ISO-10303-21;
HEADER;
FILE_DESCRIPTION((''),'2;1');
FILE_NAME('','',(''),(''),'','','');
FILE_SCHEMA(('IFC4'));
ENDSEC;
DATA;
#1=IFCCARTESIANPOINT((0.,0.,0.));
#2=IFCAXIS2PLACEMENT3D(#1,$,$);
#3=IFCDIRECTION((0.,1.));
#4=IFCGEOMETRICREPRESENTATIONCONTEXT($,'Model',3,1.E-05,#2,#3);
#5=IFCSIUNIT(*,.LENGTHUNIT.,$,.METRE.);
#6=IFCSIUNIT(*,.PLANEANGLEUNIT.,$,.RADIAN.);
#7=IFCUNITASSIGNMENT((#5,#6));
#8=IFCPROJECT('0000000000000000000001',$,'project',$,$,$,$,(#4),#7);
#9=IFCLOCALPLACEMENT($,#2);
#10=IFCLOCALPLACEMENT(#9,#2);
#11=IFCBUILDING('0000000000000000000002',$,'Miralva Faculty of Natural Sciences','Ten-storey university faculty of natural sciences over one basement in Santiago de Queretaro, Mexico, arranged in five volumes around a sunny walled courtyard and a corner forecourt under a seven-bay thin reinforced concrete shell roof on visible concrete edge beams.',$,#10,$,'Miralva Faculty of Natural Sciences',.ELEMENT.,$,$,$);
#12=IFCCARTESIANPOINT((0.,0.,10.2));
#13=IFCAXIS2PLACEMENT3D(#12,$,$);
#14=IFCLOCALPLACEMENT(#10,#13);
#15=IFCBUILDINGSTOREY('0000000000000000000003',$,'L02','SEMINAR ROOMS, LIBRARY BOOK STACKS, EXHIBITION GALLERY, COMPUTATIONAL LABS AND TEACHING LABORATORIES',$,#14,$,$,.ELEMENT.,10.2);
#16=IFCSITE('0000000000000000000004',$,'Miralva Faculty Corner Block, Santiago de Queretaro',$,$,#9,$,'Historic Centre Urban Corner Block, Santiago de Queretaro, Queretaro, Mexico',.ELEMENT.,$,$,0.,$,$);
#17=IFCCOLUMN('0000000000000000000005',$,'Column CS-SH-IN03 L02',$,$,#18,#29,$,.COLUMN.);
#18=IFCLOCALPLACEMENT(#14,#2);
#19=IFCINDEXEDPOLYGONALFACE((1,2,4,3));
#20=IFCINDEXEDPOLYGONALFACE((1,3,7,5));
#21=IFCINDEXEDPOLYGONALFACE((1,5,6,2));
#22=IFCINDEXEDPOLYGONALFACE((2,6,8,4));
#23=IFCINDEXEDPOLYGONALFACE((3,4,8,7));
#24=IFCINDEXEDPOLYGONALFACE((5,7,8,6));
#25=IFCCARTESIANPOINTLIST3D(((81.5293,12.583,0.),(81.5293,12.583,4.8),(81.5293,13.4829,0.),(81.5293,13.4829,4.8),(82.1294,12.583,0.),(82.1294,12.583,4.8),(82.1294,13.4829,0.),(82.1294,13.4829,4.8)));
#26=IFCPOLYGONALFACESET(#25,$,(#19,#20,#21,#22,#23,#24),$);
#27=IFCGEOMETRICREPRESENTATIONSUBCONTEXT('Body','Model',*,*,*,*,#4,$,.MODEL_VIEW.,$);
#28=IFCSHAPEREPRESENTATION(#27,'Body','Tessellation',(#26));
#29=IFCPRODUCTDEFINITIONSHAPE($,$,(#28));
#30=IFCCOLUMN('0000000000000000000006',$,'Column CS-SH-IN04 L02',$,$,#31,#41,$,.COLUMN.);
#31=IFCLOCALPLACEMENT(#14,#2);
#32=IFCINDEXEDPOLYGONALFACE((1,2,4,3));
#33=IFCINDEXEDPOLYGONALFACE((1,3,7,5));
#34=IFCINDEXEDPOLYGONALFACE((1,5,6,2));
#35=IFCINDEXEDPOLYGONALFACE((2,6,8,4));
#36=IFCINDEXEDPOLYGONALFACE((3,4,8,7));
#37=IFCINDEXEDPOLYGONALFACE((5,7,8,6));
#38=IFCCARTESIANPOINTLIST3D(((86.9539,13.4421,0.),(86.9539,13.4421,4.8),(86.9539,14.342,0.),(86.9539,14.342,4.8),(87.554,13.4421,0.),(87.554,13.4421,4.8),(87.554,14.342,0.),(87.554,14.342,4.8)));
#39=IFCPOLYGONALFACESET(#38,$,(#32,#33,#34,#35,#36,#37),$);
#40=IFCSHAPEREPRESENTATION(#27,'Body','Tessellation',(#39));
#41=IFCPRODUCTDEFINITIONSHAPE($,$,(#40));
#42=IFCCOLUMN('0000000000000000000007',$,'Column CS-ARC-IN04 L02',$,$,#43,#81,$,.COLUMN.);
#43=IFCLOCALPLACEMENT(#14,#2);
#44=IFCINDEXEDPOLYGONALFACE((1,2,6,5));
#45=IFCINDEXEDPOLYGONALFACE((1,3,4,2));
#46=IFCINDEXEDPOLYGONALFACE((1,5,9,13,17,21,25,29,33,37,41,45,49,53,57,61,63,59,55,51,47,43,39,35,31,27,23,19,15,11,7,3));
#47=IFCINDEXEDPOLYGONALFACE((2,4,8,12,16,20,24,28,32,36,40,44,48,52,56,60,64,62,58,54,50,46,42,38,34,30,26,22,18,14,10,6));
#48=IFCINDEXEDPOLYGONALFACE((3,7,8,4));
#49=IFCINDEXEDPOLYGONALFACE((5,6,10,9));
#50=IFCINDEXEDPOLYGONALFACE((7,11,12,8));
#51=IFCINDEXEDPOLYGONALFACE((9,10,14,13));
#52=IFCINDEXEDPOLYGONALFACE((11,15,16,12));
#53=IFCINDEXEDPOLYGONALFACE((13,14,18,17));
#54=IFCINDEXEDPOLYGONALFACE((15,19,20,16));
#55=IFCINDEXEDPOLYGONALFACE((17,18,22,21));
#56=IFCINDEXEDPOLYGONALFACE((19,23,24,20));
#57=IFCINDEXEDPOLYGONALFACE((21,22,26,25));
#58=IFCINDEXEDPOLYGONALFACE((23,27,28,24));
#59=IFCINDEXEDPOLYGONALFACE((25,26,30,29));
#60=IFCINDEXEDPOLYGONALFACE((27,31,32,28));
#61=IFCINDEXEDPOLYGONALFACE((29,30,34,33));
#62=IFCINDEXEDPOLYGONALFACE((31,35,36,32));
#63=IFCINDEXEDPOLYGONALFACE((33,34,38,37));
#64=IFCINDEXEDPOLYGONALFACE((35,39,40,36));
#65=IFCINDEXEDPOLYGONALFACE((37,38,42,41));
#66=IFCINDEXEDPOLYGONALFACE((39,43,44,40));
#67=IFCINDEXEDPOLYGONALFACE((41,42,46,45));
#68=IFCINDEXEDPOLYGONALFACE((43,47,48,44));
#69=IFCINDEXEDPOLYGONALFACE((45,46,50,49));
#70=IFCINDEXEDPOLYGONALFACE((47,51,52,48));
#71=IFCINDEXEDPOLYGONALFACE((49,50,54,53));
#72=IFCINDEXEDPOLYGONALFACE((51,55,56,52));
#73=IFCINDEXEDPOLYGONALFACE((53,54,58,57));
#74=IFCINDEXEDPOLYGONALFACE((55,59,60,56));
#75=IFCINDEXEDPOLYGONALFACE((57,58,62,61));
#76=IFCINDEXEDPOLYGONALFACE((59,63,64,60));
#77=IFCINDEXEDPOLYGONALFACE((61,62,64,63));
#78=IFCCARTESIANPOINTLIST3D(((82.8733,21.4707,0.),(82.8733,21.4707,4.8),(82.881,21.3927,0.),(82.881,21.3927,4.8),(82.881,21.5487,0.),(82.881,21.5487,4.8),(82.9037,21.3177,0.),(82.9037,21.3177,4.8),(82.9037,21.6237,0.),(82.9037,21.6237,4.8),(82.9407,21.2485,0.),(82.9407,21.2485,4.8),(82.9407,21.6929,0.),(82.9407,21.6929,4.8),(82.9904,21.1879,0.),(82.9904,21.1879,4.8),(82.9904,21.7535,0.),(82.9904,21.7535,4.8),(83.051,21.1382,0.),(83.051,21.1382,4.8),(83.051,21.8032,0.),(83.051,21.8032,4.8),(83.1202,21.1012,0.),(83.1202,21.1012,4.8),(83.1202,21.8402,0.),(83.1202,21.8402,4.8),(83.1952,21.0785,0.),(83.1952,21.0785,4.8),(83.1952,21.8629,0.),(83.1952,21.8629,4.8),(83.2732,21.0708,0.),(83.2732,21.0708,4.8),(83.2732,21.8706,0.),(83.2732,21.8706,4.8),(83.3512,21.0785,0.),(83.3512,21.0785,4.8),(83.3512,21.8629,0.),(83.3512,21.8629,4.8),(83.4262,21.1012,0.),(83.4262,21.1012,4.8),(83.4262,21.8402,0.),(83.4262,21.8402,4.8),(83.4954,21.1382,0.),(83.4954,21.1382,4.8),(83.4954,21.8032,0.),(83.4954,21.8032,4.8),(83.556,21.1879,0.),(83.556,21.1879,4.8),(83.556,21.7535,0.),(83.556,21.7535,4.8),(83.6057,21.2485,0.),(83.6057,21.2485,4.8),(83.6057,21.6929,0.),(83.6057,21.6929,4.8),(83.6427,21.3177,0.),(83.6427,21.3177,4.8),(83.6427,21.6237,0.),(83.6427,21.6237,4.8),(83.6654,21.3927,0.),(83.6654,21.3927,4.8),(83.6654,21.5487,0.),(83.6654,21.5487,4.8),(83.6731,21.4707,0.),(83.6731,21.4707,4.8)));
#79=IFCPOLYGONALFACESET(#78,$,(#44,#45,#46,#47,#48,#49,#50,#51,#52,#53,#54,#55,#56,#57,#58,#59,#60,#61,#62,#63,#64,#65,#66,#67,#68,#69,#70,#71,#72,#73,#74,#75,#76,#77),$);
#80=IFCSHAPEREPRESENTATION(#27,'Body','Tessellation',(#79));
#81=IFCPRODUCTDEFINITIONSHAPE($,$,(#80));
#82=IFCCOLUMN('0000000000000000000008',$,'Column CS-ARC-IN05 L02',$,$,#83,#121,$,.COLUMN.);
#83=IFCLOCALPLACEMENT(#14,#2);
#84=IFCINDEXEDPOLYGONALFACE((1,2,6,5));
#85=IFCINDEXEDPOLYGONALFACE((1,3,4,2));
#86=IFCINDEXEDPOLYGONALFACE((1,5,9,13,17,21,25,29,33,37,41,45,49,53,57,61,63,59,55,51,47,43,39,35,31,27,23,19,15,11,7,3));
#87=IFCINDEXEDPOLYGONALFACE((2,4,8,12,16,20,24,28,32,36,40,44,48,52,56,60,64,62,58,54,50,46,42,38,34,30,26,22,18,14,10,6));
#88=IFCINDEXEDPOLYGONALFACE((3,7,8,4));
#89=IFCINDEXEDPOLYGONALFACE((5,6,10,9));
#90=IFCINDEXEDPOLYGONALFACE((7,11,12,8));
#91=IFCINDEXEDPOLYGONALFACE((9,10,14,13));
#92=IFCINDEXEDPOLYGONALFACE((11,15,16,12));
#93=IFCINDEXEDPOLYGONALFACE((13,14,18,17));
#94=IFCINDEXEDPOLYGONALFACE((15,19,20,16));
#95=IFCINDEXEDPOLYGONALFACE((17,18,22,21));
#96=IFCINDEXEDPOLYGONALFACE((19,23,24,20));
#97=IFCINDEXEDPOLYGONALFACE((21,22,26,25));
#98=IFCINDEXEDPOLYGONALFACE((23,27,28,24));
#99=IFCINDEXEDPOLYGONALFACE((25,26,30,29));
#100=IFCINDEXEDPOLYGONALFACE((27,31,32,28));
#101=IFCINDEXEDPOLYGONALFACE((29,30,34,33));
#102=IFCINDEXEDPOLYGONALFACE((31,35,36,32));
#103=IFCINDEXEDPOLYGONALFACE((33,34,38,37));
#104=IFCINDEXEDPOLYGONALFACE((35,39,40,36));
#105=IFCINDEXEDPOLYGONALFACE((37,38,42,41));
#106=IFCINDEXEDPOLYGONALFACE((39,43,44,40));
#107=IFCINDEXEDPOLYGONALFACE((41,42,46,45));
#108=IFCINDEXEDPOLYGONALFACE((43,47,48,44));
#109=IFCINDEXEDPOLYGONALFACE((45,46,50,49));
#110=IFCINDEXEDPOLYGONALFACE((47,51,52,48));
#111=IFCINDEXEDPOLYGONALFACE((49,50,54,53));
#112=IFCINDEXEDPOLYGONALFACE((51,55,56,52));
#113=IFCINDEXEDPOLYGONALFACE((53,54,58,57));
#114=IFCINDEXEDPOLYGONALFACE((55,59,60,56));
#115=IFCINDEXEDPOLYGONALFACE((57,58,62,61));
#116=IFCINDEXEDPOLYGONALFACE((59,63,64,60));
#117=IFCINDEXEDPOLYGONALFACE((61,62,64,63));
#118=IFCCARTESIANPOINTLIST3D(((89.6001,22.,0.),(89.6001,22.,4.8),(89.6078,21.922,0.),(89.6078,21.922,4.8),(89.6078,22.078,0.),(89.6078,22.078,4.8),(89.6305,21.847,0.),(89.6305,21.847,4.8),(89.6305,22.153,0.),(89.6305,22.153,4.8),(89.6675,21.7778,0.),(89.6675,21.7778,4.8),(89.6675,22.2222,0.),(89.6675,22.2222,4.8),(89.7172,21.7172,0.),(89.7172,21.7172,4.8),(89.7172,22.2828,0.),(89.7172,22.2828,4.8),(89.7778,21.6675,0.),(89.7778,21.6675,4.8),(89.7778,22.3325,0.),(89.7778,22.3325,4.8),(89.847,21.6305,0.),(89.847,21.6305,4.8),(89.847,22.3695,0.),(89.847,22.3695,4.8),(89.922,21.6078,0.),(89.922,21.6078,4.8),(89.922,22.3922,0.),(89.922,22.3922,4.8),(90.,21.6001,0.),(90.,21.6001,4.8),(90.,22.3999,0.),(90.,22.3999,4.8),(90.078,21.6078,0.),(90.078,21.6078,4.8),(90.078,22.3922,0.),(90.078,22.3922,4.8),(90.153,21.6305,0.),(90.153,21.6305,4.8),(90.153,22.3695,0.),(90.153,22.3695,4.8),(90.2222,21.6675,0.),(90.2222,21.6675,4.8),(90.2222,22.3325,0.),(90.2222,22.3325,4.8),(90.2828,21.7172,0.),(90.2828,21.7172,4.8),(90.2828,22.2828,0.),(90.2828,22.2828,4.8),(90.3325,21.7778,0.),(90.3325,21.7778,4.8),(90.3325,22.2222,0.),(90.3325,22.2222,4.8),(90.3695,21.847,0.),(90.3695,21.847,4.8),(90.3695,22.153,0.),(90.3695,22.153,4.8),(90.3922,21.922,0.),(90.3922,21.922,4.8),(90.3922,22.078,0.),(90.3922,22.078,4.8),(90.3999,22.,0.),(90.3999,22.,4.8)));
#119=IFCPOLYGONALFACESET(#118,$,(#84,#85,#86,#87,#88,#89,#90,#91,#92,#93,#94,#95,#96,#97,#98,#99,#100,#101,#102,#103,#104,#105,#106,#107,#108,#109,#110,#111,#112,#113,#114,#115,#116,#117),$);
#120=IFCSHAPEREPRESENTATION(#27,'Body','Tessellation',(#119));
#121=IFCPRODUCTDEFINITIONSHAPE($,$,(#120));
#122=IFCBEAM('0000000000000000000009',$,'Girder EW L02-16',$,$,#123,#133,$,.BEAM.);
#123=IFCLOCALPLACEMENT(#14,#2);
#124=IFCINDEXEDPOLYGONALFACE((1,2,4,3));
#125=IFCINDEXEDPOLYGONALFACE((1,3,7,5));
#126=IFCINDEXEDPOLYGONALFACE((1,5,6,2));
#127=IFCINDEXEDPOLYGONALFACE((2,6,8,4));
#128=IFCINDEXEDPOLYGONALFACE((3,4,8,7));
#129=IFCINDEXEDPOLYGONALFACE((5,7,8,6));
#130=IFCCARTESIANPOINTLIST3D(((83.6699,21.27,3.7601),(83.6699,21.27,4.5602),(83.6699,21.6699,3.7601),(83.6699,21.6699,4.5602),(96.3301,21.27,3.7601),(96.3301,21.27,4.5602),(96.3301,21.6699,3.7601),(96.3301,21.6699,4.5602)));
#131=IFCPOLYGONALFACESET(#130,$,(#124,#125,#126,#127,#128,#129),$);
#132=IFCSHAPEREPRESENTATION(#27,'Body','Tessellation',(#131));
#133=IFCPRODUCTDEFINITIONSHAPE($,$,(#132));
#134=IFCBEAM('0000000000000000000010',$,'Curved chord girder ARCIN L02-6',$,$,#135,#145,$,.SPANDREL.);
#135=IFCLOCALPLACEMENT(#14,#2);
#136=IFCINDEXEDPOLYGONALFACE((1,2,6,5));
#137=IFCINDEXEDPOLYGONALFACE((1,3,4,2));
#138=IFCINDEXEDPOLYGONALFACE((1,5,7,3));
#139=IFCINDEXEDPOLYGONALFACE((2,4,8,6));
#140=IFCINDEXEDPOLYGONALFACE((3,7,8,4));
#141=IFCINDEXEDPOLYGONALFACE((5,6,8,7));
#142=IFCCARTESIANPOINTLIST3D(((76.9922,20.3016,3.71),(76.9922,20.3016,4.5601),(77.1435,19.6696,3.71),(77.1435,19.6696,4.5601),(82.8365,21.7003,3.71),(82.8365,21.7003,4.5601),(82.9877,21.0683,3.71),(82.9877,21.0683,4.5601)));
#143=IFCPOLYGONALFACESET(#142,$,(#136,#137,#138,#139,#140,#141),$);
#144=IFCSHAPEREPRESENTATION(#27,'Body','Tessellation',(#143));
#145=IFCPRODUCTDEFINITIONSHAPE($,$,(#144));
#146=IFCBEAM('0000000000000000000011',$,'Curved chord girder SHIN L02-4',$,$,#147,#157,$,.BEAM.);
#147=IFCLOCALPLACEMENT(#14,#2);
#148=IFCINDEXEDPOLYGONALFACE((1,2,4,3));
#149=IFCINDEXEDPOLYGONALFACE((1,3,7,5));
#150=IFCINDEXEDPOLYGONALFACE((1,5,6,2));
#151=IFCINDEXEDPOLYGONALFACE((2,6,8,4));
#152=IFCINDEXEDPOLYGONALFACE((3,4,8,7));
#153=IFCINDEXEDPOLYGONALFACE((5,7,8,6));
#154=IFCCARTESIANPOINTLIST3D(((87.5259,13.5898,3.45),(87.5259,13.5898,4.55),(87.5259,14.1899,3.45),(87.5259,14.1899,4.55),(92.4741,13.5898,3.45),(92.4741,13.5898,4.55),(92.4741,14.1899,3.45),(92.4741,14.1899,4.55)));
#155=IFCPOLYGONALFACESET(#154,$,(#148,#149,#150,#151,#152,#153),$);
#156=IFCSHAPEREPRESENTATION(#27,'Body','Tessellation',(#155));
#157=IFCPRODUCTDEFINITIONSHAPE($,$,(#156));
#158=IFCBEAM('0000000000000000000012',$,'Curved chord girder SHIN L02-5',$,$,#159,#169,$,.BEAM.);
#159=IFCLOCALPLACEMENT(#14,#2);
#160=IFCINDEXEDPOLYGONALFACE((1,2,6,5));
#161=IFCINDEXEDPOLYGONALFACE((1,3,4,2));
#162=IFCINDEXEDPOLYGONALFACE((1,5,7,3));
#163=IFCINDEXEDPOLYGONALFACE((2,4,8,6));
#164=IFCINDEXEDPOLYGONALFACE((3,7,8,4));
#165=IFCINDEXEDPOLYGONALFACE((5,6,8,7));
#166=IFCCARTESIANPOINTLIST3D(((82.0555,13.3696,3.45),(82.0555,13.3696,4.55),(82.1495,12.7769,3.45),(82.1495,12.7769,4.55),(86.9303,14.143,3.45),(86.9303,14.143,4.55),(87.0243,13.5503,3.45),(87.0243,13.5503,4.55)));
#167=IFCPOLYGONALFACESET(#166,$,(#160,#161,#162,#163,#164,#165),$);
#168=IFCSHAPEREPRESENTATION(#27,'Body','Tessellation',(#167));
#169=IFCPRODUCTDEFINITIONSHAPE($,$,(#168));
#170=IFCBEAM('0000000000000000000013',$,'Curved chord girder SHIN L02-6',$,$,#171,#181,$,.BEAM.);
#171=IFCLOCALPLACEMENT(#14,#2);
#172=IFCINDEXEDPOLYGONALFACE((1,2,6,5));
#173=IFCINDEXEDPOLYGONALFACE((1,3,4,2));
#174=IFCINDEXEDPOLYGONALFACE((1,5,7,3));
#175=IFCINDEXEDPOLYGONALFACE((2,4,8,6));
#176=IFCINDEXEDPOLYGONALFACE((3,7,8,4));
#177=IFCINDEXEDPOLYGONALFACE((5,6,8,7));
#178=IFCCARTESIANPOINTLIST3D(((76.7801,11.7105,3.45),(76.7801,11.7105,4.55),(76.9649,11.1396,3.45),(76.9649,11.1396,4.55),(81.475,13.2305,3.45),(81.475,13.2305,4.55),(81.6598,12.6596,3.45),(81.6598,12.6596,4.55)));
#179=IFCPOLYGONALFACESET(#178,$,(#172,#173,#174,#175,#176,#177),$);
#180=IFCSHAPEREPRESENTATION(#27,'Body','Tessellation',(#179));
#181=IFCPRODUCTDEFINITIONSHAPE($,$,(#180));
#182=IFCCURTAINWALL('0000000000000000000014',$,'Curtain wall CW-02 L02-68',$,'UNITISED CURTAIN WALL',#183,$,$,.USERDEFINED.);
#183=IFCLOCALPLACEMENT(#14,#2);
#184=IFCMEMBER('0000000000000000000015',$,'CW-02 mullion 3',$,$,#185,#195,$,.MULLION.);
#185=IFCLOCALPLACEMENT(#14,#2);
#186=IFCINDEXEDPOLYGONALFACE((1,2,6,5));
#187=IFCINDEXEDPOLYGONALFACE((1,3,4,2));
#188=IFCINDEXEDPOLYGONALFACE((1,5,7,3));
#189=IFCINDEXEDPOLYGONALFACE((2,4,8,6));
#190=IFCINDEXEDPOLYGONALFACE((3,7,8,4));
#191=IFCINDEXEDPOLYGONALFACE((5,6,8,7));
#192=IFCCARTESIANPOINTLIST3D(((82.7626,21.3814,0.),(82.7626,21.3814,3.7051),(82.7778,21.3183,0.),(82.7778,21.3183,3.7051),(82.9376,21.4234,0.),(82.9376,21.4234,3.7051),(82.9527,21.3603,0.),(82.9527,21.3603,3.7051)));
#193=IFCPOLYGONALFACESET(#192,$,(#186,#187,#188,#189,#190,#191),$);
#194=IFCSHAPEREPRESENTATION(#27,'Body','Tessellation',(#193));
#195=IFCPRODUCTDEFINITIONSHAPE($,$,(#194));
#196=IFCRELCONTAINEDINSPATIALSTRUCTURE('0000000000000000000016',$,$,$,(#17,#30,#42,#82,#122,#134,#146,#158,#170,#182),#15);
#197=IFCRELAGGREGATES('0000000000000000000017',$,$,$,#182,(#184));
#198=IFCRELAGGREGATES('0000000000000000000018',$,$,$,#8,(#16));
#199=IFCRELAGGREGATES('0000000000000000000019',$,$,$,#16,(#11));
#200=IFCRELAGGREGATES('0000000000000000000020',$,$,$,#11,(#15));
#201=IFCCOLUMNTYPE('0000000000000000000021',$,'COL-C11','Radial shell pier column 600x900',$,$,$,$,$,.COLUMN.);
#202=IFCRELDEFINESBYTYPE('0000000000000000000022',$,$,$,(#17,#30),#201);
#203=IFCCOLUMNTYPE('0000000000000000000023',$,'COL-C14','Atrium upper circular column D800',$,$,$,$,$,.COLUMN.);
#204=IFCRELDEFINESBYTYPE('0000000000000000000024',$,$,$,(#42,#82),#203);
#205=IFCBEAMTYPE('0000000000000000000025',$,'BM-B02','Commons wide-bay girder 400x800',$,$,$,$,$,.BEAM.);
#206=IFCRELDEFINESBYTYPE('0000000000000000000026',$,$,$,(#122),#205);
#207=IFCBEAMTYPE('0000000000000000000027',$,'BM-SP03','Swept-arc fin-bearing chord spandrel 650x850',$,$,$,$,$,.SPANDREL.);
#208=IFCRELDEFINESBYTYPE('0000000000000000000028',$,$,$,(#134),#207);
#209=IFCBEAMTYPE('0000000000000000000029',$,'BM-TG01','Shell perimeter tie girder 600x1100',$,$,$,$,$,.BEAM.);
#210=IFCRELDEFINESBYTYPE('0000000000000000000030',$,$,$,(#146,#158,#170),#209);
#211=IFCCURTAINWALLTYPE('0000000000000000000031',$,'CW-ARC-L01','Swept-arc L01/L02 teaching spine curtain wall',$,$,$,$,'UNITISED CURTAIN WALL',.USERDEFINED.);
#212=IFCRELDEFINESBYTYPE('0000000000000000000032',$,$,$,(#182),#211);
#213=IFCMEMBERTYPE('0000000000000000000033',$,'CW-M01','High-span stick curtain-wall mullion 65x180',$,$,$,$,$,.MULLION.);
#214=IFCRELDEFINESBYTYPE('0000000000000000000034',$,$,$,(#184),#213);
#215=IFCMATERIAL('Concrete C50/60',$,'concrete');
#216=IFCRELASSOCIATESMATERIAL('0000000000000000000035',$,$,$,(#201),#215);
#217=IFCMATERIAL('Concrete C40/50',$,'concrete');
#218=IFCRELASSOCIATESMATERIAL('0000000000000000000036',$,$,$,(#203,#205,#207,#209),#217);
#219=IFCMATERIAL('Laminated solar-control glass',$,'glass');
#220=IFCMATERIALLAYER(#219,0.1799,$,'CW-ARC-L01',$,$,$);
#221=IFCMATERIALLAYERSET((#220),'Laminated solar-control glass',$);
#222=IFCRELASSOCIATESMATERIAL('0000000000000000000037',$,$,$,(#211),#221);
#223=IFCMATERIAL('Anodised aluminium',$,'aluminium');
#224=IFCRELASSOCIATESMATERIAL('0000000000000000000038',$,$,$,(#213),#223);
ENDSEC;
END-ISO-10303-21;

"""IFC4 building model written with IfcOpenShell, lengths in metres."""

from ifc_helpers import new_model, si_unit, direction, frame, origin, origin_2d, place, context, subcontext, project, spatial, rectangle, circle, extrude, material, layer, layer_set, material_profile, profile_set, type_object, element, aggregate, save


model = new_model("IFC4")

# Units and contexts
model_context = context("Model", 3, precision=1e-05, world=origin(), true_north=direction((0.0, 1.0)))
body_context = subcontext(model_context, "Body", "Model", "MODEL_VIEW")
ifc_project = project(units=[si_unit("LENGTHUNIT", "METRE"), si_unit("PLANEANGLEUNIT", "RADIAN")], contexts=[model_context])

# Site, building, storey
site_placement = place(None, origin())
site = spatial("IfcSite", under=ifc_project, at=site_placement, Name="Miralva Faculty Corner Block, Santiago de Queretaro", LongName="Historic Centre Urban Corner Block, Santiago de Queretaro, Queretaro, Mexico", CompositionType="ELEMENT", RefElevation=0.0)
building_placement = place(site_placement, origin())
building = spatial("IfcBuilding", under=site, at=building_placement, Name="Miralva Faculty of Natural Sciences", Description="Ten-storey university faculty of natural sciences over one basement in Santiago de Queretaro, Mexico, arranged in five volumes around a sunny walled courtyard and a corner forecourt under a seven-bay thin reinforced concrete shell roof on visible concrete edge beams.", LongName="Miralva Faculty of Natural Sciences", CompositionType="ELEMENT")
storey_placement = place(building_placement, frame((0.0, 0.0, 10.2)))
storey = spatial("IfcBuildingStorey", under=building, at=storey_placement, Name="L02", Description="SEMINAR ROOMS, LIBRARY BOOK STACKS, EXHIBITION GALLERY, COMPUTATIONAL LABS AND TEACHING LABORATORIES", CompositionType="ELEMENT", Elevation=10.2)

# Columns
ifc_material_1 = material(Name="Concrete C50/60", Category="concrete")
ifc_material_profile_1 = material_profile(ifc_material_1, rectangle(XDim=0.6001, YDim=0.8999, at=origin_2d()), Name="RC 600x900")
ifc_profile_set_1 = profile_set([ifc_material_profile_1], Name="Concrete C50/60")
column_type_1 = type_object("IfcColumnType", Name="COL-C11", Description="Radial shell pier column 600x900", PredefinedType="COLUMN", material=ifc_profile_set_1)
for number, where, z_axis, x_axis, name in (
    (1, (81.8293, 13.033, 0.0), (0.0, 0.0, 1.0), (1.0, 0.0, 0.0), "Column CS-SH-IN03 L02"),
    (2, (87.2539, 13.8921, 0.0), (0.0, 0.0, 1.0), (1.0, 0.0, 0.0), "Column CS-SH-IN04 L02"),
):
    element("IfcColumn", number, at=place(storey_placement, frame(where, z_axis=z_axis, x_axis=x_axis)), inside=storey, type_object=column_type_1, Name=name, PredefinedType="COLUMN", context=body_context, shape_type="SweptSolid", body=[
        extrude(rectangle(XDim=0.6001, YDim=0.8999, at=origin_2d()), origin(), (0.0, 0.0, 1.0), 4.8),
    ])
ifc_material_2 = material(Name="Concrete C40/50", Category="concrete")
ifc_material_profile_2 = material_profile(ifc_material_2, circle(Radius=0.3999, at=origin_2d()), Name="RC DIA 800")
ifc_profile_set_2 = profile_set([ifc_material_profile_2], Name="Concrete C40/50")
column_type_2 = type_object("IfcColumnType", Name="COL-C14", Description="Atrium upper circular column D800", PredefinedType="COLUMN", material=ifc_profile_set_2)
for number, where, z_axis, x_axis, name in (
    (3, (83.2732, 21.4707, 0.0), (0.0, 0.0, 1.0), (1.0, 0.0, 0.0), "Column CS-ARC-IN04 L02"),
    (4, (90.0, 22.0, 0.0), (0.0, 0.0, 1.0), (1.0, 0.0, 0.0), "Column CS-ARC-IN05 L02"),
):
    element("IfcColumn", number, at=place(storey_placement, frame(where, z_axis=z_axis, x_axis=x_axis)), inside=storey, type_object=column_type_2, Name=name, PredefinedType="COLUMN", context=body_context, shape_type="SweptSolid", body=[
        extrude(circle(Radius=0.3999, at=origin_2d()), origin(), (0.0, 0.0, 1.0), 4.8),
    ])

# Beams
ifc_material_profile_3 = material_profile(ifc_material_2, rectangle(XDim=0.3999, YDim=0.8, at=origin_2d()), Name="RC 400x800")
ifc_profile_set_3 = profile_set([ifc_material_profile_3], Name="Concrete C40/50")
beam_type_1 = type_object("IfcBeamType", Name="BM-B02", Description="Commons wide-bay girder 400x800", PredefinedType="BEAM", material=ifc_profile_set_3)
beam_1_placement = place(storey_placement, frame((83.6699, 21.47, 4.1602), z_axis=(1.0, 0.0, 0.0), x_axis=(0.0, 1.0, 0.0)))
element("IfcBeam", 5, at=beam_1_placement, inside=storey, type_object=beam_type_1, Name="Girder EW L02-16", PredefinedType="BEAM", context=body_context, shape_type="SweptSolid", body=[
    extrude(rectangle(XDim=0.3999, YDim=0.8, at=origin_2d()), origin(), (0.0, 0.0, 1.0), 12.6602),
])
ifc_material_profile_4 = material_profile(ifc_material_2, rectangle(XDim=0.6499, YDim=0.8501, at=origin_2d()), Name="RC 650x850")
ifc_profile_set_4 = profile_set([ifc_material_profile_4], Name="Concrete C40/50")
beam_type_2 = type_object("IfcBeamType", Name="BM-SP03", Description="Swept-arc fin-bearing chord spandrel 650x850", PredefinedType="SPANDREL", material=ifc_profile_set_4)
beam_2_placement = place(storey_placement, frame((82.9121, 21.3843, 4.135), z_axis=(-0.972536, -0.232754, 0.0), x_axis=(0.232754, -0.972536, 0.0)))
element("IfcBeam", 6, at=beam_2_placement, inside=storey, type_object=beam_type_2, Name="Curved chord girder ARCIN L02-6", PredefinedType="SPANDREL", context=body_context, shape_type="SweptSolid", body=[
    extrude(rectangle(XDim=0.6499, YDim=0.8501, at=origin_2d()), origin(), (0.0, 0.0, 1.0), 6.0093),
])
ifc_material_profile_5 = material_profile(ifc_material_2, rectangle(XDim=0.6001, YDim=1.1001, at=origin_2d()), Name="RC 600x1100")
ifc_profile_set_5 = profile_set([ifc_material_profile_5], Name="Concrete C40/50")
beam_type_3 = type_object("IfcBeamType", Name="BM-TG01", Description="Shell perimeter tie girder 600x1100", PredefinedType="BEAM", material=ifc_profile_set_5)
beam_3_placement = place(storey_placement, frame((92.4741, 13.8899, 4.0), z_axis=(-1.0, 0.0, 0.0), x_axis=(0.0, -1.0, 0.0)))
element("IfcBeam", 7, at=beam_3_placement, inside=storey, type_object=beam_type_3, Name="Curved chord girder SHIN L02-4", PredefinedType="BEAM", context=body_context, shape_type="SweptSolid", body=[
    extrude(rectangle(XDim=0.6001, YDim=1.1001, at=origin_2d()), origin(), (0.0, 0.0, 1.0), 4.9482),
])
beam_4_placement = place(storey_placement, frame((86.9773, 13.8467, 4.0), z_axis=(-0.987646, -0.156702, 0.0), x_axis=(0.156702, -0.987646, 0.0)))
element("IfcBeam", 8, at=beam_4_placement, inside=storey, type_object=beam_type_3, Name="Curved chord girder SHIN L02-5", PredefinedType="BEAM", context=body_context, shape_type="SweptSolid", body=[
    extrude(rectangle(XDim=0.6001, YDim=1.1001, at=origin_2d()), origin(), (0.0, 0.0, 1.0), 4.9358),
])
beam_5_placement = place(storey_placement, frame((81.5674, 12.9451, 4.0), z_axis=(-0.951379, -0.308023, 0.0), x_axis=(0.308023, -0.951379, 0.0)))
element("IfcBeam", 9, at=beam_5_placement, inside=storey, type_object=beam_type_3, Name="Curved chord girder SHIN L02-6", PredefinedType="BEAM", context=body_context, shape_type="SweptSolid", body=[
    extrude(rectangle(XDim=0.6001, YDim=1.1001, at=origin_2d()), origin(), (0.0, 0.0, 1.0), 4.9348),
])

# Curtain wall, member
ifc_material_3 = material(Name="Laminated solar-control glass", Category="glass")
ifc_layer_1 = layer(ifc_material_3, 0.1799, Name="CW-ARC-L01")
ifc_layer_set_1 = layer_set([ifc_layer_1], Name="Laminated solar-control glass")
curtain_wall_type = type_object("IfcCurtainWallType", Name="CW-ARC-L01", Description="Swept-arc L01/L02 teaching spine curtain wall", ElementType="UNITISED CURTAIN WALL", PredefinedType="USERDEFINED", material=ifc_layer_set_1)
curtain_wall_1_placement = place(storey_placement, origin())
curtain_wall_1 = element("IfcCurtainWall", 10, at=curtain_wall_1_placement, inside=storey, type_object=curtain_wall_type, Name="Curtain wall CW-02 L02-68", ObjectType="UNITISED CURTAIN WALL", PredefinedType="USERDEFINED")
ifc_material_4 = material(Name="Anodised aluminium", Category="aluminium")
ifc_material_profile_6 = material_profile(ifc_material_4, rectangle(XDim=0.0649, YDim=0.1799, at=origin_2d()), Name="MULLION 65x180")
ifc_profile_set_6 = profile_set([ifc_material_profile_6], Name="Anodised aluminium")
member_type_1 = type_object("IfcMemberType", Name="CW-M01", Description="High-span stick curtain-wall mullion 65x180", PredefinedType="MULLION", material=ifc_profile_set_6)
member_1_placement = place(storey_placement, frame((82.8577, 21.3708, 0.0), z_axis=(0.0, 0.0, 1.0), x_axis=(-0.233464, 0.972365, 0.0)))
member_1 = element("IfcMember", 11, at=member_1_placement, type_object=member_type_1, Name="CW-02 mullion 3", PredefinedType="MULLION", context=body_context, shape_type="SweptSolid", body=[
    extrude(rectangle(XDim=0.0649, YDim=0.1799, at=origin_2d()), origin(), (0.0, 0.0, 1.0), 3.7051),
])

aggregate(curtain_wall_1, [member_1])

save(model, "model.ifc")
